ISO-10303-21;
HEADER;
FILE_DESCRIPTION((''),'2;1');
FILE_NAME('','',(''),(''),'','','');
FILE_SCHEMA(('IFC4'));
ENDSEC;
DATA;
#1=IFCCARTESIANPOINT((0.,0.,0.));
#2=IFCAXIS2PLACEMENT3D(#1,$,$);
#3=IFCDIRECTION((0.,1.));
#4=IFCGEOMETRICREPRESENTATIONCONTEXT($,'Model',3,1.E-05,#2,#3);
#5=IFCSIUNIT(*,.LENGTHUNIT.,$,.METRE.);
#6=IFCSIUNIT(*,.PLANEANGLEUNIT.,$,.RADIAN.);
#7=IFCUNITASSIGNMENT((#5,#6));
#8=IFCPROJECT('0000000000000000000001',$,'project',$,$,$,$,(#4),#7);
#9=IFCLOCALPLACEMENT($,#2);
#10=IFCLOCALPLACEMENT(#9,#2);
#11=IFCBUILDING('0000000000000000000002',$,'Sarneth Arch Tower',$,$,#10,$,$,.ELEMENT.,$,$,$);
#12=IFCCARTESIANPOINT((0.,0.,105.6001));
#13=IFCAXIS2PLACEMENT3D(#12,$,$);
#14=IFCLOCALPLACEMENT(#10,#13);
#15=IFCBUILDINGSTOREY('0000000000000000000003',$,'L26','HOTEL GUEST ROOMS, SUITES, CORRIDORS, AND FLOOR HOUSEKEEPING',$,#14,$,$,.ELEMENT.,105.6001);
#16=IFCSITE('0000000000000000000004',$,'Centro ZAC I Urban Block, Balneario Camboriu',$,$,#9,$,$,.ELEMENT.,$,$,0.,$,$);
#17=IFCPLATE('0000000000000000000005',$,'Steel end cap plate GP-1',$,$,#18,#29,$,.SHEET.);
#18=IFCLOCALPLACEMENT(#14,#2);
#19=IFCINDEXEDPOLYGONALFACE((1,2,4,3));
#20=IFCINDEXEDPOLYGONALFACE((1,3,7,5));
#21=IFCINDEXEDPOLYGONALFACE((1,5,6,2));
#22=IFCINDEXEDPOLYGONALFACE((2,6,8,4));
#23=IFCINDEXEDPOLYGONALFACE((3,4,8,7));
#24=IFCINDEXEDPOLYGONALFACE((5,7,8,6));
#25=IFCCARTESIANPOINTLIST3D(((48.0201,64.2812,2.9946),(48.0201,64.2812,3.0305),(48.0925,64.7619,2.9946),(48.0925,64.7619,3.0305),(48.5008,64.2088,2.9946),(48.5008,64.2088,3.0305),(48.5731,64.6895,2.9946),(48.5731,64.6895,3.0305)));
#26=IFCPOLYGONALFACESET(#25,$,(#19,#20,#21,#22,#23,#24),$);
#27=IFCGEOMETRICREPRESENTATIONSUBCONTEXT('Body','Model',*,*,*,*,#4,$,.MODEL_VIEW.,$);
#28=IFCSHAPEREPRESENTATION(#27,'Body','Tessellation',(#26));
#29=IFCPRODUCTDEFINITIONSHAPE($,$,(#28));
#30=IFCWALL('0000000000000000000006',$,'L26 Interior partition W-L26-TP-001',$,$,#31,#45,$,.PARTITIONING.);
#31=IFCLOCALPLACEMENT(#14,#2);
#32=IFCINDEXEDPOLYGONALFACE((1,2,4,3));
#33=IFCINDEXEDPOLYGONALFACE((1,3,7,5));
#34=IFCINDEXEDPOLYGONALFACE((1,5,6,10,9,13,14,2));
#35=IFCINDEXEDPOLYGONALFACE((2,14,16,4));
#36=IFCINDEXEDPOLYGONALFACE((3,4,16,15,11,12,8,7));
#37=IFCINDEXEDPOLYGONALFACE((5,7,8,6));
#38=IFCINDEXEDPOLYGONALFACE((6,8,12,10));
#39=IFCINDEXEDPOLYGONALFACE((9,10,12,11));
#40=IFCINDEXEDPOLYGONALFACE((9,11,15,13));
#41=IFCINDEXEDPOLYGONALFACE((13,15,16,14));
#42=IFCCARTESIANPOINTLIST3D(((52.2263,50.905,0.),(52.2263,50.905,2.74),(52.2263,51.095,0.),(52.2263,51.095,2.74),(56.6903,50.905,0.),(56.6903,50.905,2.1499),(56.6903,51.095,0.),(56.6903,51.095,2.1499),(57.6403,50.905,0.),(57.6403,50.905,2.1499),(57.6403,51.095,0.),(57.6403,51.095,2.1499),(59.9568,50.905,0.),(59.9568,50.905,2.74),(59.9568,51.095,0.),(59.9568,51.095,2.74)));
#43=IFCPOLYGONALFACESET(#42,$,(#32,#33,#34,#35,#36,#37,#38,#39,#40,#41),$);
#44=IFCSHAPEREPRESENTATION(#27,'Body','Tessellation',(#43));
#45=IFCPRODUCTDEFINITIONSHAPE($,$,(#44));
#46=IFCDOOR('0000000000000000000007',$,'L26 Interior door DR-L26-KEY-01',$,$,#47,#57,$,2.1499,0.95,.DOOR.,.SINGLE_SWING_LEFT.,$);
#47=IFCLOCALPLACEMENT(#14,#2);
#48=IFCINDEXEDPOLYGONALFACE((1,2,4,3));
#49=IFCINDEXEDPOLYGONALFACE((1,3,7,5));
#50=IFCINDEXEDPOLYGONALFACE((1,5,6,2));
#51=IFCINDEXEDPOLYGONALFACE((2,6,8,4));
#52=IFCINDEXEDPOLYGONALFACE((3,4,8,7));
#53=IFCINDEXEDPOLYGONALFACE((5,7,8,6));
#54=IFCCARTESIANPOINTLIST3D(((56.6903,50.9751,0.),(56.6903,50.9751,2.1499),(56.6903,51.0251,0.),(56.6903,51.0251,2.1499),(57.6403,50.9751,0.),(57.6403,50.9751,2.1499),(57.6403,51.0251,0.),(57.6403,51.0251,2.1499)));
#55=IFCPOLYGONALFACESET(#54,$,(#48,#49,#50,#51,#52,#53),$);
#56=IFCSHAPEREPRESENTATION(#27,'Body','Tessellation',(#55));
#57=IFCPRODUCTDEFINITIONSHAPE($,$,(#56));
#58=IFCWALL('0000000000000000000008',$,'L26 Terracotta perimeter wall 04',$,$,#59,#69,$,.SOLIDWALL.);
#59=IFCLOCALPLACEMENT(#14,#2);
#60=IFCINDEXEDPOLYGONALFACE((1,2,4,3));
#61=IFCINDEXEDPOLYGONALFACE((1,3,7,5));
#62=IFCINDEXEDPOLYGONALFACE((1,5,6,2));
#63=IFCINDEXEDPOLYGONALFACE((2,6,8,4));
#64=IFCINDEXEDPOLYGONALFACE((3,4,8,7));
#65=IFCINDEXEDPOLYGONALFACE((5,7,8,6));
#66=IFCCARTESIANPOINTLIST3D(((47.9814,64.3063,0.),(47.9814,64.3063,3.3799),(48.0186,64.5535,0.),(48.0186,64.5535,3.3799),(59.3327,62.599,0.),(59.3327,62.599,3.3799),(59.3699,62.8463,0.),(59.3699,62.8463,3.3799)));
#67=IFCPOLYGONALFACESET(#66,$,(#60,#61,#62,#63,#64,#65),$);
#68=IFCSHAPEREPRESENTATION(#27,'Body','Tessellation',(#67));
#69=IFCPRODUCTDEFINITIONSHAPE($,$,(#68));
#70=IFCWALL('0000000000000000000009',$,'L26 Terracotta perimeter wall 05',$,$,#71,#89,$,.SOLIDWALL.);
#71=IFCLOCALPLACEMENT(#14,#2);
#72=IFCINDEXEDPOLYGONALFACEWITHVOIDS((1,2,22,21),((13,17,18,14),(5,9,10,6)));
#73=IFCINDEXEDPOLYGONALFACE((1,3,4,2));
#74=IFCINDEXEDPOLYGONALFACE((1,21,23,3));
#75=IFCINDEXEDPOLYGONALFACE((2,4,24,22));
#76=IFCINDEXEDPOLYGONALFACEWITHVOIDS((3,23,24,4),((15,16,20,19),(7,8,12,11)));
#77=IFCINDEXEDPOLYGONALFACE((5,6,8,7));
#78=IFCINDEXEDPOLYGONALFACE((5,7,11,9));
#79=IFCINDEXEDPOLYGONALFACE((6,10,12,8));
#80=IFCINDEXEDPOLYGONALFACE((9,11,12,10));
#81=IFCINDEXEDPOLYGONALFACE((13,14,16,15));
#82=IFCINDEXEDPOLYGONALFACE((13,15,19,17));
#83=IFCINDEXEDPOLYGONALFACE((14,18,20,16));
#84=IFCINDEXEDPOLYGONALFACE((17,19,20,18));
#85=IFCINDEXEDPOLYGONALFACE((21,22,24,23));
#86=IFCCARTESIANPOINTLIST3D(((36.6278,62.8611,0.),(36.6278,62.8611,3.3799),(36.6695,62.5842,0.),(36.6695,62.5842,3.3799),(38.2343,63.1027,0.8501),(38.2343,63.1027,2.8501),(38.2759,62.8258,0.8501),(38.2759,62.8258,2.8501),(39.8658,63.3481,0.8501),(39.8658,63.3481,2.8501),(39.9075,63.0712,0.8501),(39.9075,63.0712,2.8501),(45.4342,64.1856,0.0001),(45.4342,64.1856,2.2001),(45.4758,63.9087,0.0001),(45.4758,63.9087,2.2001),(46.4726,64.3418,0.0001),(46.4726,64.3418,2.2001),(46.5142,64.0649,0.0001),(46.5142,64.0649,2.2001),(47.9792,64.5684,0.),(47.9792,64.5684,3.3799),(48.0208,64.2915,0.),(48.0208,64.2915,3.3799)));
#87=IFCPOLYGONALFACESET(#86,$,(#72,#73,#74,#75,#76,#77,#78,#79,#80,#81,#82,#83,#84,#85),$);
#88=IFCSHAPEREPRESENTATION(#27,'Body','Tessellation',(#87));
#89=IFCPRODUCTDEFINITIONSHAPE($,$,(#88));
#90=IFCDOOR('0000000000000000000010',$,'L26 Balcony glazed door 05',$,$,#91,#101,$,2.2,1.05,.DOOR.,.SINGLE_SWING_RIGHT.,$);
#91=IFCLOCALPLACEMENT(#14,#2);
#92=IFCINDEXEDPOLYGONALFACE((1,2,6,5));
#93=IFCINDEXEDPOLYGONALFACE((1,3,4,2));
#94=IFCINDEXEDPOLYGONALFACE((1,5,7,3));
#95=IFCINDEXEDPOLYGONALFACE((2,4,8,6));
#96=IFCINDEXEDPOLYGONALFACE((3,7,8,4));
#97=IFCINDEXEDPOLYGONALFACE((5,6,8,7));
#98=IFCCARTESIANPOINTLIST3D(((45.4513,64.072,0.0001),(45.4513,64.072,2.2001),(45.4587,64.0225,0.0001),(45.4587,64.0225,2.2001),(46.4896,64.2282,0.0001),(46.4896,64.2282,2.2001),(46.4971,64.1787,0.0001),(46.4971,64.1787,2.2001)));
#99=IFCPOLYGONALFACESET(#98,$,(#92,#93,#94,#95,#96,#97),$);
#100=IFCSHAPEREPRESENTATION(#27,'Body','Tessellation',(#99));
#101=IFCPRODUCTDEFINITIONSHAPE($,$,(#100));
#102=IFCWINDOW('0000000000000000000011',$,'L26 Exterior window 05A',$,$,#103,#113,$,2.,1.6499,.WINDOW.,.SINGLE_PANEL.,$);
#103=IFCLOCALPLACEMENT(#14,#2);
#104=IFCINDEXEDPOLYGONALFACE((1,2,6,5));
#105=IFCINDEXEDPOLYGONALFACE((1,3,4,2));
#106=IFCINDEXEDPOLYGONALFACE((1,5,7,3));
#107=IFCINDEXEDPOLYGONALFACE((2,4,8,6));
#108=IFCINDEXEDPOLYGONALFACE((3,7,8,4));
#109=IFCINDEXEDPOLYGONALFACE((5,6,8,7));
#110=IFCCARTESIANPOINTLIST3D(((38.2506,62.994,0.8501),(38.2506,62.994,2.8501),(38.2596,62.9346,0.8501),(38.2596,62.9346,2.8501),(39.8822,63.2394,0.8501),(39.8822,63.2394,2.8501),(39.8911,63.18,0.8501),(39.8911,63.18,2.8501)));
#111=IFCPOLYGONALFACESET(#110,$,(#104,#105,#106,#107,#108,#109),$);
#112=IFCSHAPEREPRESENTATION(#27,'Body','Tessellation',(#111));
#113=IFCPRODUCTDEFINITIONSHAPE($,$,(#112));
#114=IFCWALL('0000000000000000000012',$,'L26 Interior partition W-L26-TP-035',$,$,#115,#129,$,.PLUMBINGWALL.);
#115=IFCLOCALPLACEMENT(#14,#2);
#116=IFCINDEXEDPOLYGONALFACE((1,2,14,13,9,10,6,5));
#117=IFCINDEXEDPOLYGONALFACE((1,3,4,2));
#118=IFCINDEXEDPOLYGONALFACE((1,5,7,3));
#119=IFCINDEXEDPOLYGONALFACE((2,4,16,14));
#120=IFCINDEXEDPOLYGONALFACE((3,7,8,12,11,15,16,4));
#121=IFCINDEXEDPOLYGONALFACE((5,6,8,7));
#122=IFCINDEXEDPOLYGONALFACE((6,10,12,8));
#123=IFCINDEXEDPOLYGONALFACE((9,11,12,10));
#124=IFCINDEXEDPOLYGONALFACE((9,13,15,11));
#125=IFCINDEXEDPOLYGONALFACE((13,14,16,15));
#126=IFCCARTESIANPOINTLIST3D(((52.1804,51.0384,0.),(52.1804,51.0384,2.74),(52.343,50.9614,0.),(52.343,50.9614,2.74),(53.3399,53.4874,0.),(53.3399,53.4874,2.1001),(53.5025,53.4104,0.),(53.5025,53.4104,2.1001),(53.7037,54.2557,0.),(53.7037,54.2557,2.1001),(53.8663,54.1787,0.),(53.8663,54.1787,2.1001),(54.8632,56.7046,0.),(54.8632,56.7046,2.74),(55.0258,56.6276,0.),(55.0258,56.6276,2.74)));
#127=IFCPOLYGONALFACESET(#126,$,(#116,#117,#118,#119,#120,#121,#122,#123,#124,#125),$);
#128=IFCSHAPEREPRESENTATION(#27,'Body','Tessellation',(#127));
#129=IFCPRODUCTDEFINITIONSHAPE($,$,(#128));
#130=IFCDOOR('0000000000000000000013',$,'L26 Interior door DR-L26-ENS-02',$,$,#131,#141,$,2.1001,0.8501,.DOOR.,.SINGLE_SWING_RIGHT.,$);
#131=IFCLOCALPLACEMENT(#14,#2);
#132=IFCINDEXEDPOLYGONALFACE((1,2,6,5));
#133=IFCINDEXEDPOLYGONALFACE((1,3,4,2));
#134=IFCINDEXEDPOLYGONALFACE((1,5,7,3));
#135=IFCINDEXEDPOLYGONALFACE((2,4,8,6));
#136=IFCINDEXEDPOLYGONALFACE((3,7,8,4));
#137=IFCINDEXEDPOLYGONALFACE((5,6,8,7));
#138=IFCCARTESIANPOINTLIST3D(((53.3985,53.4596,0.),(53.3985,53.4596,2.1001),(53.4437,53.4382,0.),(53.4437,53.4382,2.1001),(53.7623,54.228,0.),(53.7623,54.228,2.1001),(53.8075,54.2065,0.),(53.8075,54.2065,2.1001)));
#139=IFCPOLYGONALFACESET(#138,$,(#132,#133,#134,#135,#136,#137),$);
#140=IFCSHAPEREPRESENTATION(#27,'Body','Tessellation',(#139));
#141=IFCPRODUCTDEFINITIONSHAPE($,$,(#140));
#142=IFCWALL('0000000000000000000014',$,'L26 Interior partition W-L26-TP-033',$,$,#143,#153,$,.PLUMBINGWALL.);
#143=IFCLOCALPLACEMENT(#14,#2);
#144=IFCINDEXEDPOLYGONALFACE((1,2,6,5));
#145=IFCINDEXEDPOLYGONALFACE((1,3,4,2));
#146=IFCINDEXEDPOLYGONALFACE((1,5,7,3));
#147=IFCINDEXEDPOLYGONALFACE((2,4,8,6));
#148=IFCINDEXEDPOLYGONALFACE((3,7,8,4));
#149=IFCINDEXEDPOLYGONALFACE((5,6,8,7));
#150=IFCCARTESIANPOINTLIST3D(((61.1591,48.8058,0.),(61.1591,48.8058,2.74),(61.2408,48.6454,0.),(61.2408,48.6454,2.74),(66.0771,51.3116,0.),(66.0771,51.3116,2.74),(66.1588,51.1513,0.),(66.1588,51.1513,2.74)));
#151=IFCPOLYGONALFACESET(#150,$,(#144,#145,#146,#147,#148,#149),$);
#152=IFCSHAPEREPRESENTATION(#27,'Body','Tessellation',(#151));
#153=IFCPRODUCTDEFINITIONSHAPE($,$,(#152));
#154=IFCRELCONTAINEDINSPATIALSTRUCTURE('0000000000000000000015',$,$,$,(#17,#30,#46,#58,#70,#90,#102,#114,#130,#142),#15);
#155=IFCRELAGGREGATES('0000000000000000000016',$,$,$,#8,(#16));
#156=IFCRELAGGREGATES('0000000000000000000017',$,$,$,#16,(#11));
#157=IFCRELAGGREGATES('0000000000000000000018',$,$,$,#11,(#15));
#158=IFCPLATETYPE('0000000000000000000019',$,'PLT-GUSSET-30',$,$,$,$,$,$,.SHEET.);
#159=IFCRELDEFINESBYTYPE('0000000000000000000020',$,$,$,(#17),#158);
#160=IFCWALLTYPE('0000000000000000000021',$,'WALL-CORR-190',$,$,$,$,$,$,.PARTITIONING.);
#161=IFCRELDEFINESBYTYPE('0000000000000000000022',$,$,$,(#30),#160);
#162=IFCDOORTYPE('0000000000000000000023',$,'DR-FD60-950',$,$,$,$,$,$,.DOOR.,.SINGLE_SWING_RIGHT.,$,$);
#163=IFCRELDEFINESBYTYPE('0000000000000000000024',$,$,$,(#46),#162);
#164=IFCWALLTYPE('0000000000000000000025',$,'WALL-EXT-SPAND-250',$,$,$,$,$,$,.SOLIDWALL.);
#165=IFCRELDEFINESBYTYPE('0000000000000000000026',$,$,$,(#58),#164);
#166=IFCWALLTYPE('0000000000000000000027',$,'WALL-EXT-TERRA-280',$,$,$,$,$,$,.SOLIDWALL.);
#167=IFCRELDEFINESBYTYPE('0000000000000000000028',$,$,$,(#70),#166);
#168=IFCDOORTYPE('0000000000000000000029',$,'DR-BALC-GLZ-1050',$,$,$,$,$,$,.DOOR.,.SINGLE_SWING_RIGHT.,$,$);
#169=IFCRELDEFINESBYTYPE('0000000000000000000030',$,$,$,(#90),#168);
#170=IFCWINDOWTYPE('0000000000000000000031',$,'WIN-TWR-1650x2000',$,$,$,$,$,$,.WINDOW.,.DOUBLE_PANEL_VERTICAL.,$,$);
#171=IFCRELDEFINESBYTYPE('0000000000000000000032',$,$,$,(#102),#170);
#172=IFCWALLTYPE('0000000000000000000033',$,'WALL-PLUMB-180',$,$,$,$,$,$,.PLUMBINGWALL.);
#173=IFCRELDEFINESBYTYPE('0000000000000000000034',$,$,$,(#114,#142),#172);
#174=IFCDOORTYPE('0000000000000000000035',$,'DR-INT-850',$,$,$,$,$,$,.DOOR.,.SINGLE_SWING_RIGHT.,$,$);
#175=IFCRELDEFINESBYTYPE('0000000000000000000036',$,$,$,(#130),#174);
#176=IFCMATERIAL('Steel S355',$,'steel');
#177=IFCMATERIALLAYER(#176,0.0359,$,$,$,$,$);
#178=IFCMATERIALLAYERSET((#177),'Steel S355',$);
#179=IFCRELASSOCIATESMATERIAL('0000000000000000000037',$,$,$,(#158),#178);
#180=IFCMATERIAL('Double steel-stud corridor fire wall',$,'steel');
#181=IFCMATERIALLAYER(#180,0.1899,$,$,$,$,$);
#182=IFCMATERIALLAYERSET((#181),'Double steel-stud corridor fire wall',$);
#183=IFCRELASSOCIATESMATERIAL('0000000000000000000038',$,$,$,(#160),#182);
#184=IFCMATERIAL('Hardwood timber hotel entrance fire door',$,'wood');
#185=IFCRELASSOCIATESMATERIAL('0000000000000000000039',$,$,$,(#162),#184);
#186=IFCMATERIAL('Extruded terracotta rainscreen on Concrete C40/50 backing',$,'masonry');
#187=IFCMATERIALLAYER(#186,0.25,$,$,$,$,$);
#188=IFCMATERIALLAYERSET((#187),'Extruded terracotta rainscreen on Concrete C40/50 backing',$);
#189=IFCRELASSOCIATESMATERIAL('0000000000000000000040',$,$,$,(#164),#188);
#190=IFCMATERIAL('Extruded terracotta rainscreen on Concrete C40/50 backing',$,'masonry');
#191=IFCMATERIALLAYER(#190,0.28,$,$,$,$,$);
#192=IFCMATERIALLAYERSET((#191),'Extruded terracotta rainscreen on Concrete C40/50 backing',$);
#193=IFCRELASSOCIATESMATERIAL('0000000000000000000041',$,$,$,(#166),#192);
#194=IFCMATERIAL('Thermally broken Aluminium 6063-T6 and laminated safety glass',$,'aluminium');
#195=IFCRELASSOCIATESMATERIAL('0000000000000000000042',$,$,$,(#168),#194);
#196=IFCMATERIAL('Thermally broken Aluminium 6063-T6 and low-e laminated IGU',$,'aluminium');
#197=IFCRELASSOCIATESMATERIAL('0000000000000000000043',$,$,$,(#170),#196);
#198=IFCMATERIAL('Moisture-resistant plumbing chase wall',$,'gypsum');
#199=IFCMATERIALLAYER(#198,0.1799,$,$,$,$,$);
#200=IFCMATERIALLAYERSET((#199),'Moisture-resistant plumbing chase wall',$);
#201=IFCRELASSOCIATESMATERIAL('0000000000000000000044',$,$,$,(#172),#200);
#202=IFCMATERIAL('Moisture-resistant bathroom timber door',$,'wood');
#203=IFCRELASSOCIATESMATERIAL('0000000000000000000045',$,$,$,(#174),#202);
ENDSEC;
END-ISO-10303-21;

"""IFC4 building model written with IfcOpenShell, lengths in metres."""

from ifc_helpers import new_model, si_unit, direction, frame, frame_2d, origin, origin_2d, place, context, subcontext, project, spatial, rectangle, extrude, material, layer, layer_set, type_object, element, fill, save


model = new_model("IFC4")

# Units and contexts
model_context = context("Model", 3, precision=1e-05, world=origin(), true_north=direction((0.0, 1.0)))
body_context = subcontext(model_context, "Body", "Model", "MODEL_VIEW")
ifc_project = project(units=[si_unit("LENGTHUNIT", "METRE"), si_unit("PLANEANGLEUNIT", "RADIAN")], contexts=[model_context])

# Site, building, storey
site_placement = place(None, origin())
site = spatial("IfcSite", under=ifc_project, at=site_placement, Name="Centro ZAC I Urban Block, Balneario Camboriu", CompositionType="ELEMENT", RefElevation=0.0)
building_placement = place(site_placement, origin())
building = spatial("IfcBuilding", under=site, at=building_placement, Name="Sarneth Arch Tower", CompositionType="ELEMENT")
storey_placement = place(building_placement, frame((0.0, 0.0, 105.6001)))
storey = spatial("IfcBuildingStorey", under=building, at=storey_placement, Name="L26", Description="HOTEL GUEST ROOMS, SUITES, CORRIDORS, AND FLOOR HOUSEKEEPING", CompositionType="ELEMENT", Elevation=105.6001)

# Plate
ifc_material_1 = material(Name="Steel S355", Category="steel")
ifc_layer_1 = layer(ifc_material_1, 0.0359)
ifc_layer_set_1 = layer_set([ifc_layer_1], Name="Steel S355")
plate_type = type_object("IfcPlateType", Name="PLT-GUSSET-30", PredefinedType="SHEET", material=ifc_layer_set_1)
for number, where, z_axis, x_axis, name in (
    (1, (48.2966, 64.4854, 2.9946), (0.0, 0.0, 1.0), (-0.988861, 0.148845, 0.0), "Steel end cap plate GP-1"),
):
    element("IfcPlate", number, at=place(storey_placement, frame(where, z_axis=z_axis, x_axis=x_axis)), inside=storey, type_object=plate_type, Name=name, PredefinedType="SHEET", context=body_context, shape_type="SweptSolid", body=[
        extrude(rectangle(XDim=0.4861, YDim=0.4861, at=origin_2d()), origin(), (0.0, 0.0, 1.0), 0.0359),
    ])

# Wall, opening, door
ifc_material_2 = material(Name="Double steel-stud corridor fire wall", Category="steel")
ifc_layer_2 = layer(ifc_material_2, 0.1899)
ifc_layer_set_2 = layer_set([ifc_layer_2], Name="Double steel-stud corridor fire wall")
wall_type_1 = type_object("IfcWallType", Name="WALL-CORR-190", PredefinedType="PARTITIONING", material=ifc_layer_set_2)
wall_1_placement = place(storey_placement, frame((59.9568, 51.0, 0.0), z_axis=(0.0, 0.0, 1.0), x_axis=(-1.0, 0.0, 0.0)))
wall_1 = element("IfcWall", 2, at=wall_1_placement, inside=storey, type_object=wall_type_1, Name="L26 Interior partition W-L26-TP-001", PredefinedType="PARTITIONING", context=body_context, shape_type="SweptSolid", body=[
    extrude(rectangle(XDim=7.7305, YDim=0.1899, at=frame_2d((3.8652, 0.0))), origin(), (0.0, 0.0, 1.0), 2.74),
])
opening_1_placement = place(wall_1_placement, frame((2.3164, 0.0, 0.0)))
opening_1 = element("IfcOpeningElement", 3, at=opening_1_placement, cuts=wall_1, PredefinedType="OPENING", context=body_context, shape_type="SweptSolid", body=[
    extrude(rectangle(XDim=0.95, YDim=2.1499, at=frame_2d((0.4751, 1.075))), frame((0.0, 0.105, 0.0), z_axis=(0.0, -1.0, 0.0), x_axis=(1.0, 0.0, 0.0)), (0.0, 0.0, 1.0), 0.21),
])
ifc_material_3 = material(Name="Hardwood timber hotel entrance fire door", Category="wood")
door_type_1 = type_object("IfcDoorType", Name="DR-FD60-950", OperationType="SINGLE_SWING_RIGHT", PredefinedType="DOOR", material=ifc_material_3)
door_1_placement = place(opening_1_placement, origin())
door_1 = element("IfcDoor", 4, at=door_1_placement, inside=storey, type_object=door_type_1, Name="L26 Interior door DR-L26-KEY-01", OperationType="SINGLE_SWING_LEFT", OverallHeight=2.1499, OverallWidth=0.95, PredefinedType="DOOR", context=body_context, shape_type="SweptSolid", body=[
    extrude(rectangle(XDim=0.95, YDim=2.1499, at=frame_2d((0.4751, 1.075))), frame((0.0, 0.0249, 0.0), z_axis=(0.0, -1.0, 0.0), x_axis=(1.0, 0.0, 0.0)), (0.0, 0.0, 1.0), 0.05),
])
fill(opening_1, door_1)

# Wall
ifc_material_4 = material(Name="Extruded terracotta rainscreen on Concrete C40/50 backing", Category="masonry")
ifc_layer_3 = layer(ifc_material_4, 0.25)
ifc_layer_set_3 = layer_set([ifc_layer_3], Name="Extruded terracotta rainscreen on Concrete C40/50 backing")
wall_type_2 = type_object("IfcWallType", Name="WALL-EXT-SPAND-250", PredefinedType="SOLIDWALL", material=ifc_layer_set_3)
wall_2_placement = place(storey_placement, frame((59.3513, 62.7227, 0.0), z_axis=(0.0, 0.0, 1.0), x_axis=(-0.988878, 0.14873, 0.0)))
element("IfcWall", 5, at=wall_2_placement, inside=storey, type_object=wall_type_2, Name="L26 Terracotta perimeter wall 04", PredefinedType="SOLIDWALL", context=body_context, shape_type="SweptSolid", body=[
    extrude(rectangle(XDim=11.479, YDim=0.25, at=frame_2d((5.7395, 0.0))), origin(), (0.0, 0.0, 1.0), 3.3799),
])

# Wall, openings, door, window
ifc_material_5 = material(Name="Extruded terracotta rainscreen on Concrete C40/50 backing", Category="masonry")
ifc_layer_4 = layer(ifc_material_5, 0.28)
ifc_layer_set_4 = layer_set([ifc_layer_4], Name="Extruded terracotta rainscreen on Concrete C40/50 backing")
wall_type_3 = type_object("IfcWallType", Name="WALL-EXT-TERRA-280", PredefinedType="SOLIDWALL", material=ifc_layer_set_4)
wall_3_placement = place(storey_placement, frame((48.0, 64.4299, 0.0), z_axis=(0.0, 0.0, 1.0), x_axis=(-0.988878, -0.14873, 0.0)))
wall_3 = element("IfcWall", 6, at=wall_3_placement, inside=storey, type_object=wall_type_3, Name="L26 Terracotta perimeter wall 05", PredefinedType="SOLIDWALL", context=body_context, shape_type="SweptSolid", body=[
    extrude(rectangle(XDim=11.479, YDim=0.28, at=frame_2d((5.7395, 0.0))), origin(), (0.0, 0.0, 1.0), 3.3799),
])
opening_2_placement = place(wall_3_placement, frame((1.5237, 0.0, 0.0)))
opening_2 = element("IfcOpeningElement", 7, at=opening_2_placement, cuts=wall_3, PredefinedType="OPENING", context=body_context, shape_type="SweptSolid", body=[
    extrude(rectangle(XDim=1.05, YDim=2.2, at=frame_2d((0.5249, 1.1001))), frame((0.0, 0.1499, 0.0), z_axis=(0.0, -1.0, 0.0), x_axis=(1.0, 0.0, 0.0)), (0.0, 0.0, 1.0), 0.3),
])
opening_3_placement = place(wall_3_placement, frame((8.2046, 0.0, 0.8501)))
opening_3 = element("IfcOpeningElement", 8, at=opening_3_placement, cuts=wall_3, PredefinedType="OPENING", context=body_context, shape_type="SweptSolid", body=[
    extrude(rectangle(XDim=1.6499, YDim=2.0, at=frame_2d((0.825, 1.0))), frame((0.0, 0.1499, 0.0), z_axis=(0.0, -1.0, 0.0), x_axis=(1.0, 0.0, 0.0)), (0.0, 0.0, 1.0), 0.3),
])
ifc_material_6 = material(Name="Thermally broken Aluminium 6063-T6 and laminated safety glass", Category="aluminium")
door_type_2 = type_object("IfcDoorType", Name="DR-BALC-GLZ-1050", OperationType="SINGLE_SWING_RIGHT", PredefinedType="DOOR", material=ifc_material_6)
door_2_placement = place(opening_2_placement, origin())
door_2 = element("IfcDoor", 9, at=door_2_placement, inside=storey, type_object=door_type_2, Name="L26 Balcony glazed door 05", OperationType="SINGLE_SWING_RIGHT", OverallHeight=2.2, OverallWidth=1.05, PredefinedType="DOOR", context=body_context, shape_type="SweptSolid", body=[
    extrude(rectangle(XDim=1.05, YDim=2.2, at=frame_2d((0.5249, 1.1001))), frame((0.0, 0.0249, 0.0), z_axis=(0.0, -1.0, 0.0), x_axis=(1.0, 0.0, 0.0)), (0.0, 0.0, 1.0), 0.05),
])
fill(opening_2, door_2)
ifc_material_7 = material(Name="Thermally broken Aluminium 6063-T6 and low-e laminated IGU", Category="aluminium")
window_type = type_object("IfcWindowType", Name="WIN-TWR-1650x2000", PartitioningType="DOUBLE_PANEL_VERTICAL", PredefinedType="WINDOW", material=ifc_material_7)
window_placement = place(opening_3_placement, origin())
window = element("IfcWindow", 10, at=window_placement, inside=storey, type_object=window_type, Name="L26 Exterior window 05A", OverallHeight=2.0, OverallWidth=1.6499, PartitioningType="SINGLE_PANEL", PredefinedType="WINDOW", context=body_context, shape_type="SweptSolid", body=[
    extrude(rectangle(XDim=1.6499, YDim=2.0, at=frame_2d((0.825, 1.0))), frame((0.0, 0.03, 0.0), z_axis=(0.0, -1.0, 0.0), x_axis=(1.0, 0.0, 0.0)), (0.0, 0.0, 1.0), 0.0601),
])
fill(opening_3, window)

# Wall, opening, door
ifc_material_8 = material(Name="Moisture-resistant plumbing chase wall", Category="gypsum")
ifc_layer_5 = layer(ifc_material_8, 0.1799)
ifc_layer_set_5 = layer_set([ifc_layer_5], Name="Moisture-resistant plumbing chase wall")
wall_type_4 = type_object("IfcWallType", Name="WALL-PLUMB-180", PredefinedType="PLUMBINGWALL", material=ifc_layer_set_5)
wall_4_placement = place(storey_placement, frame((54.9446, 56.6663, 0.0), z_axis=(0.0, 0.0, 1.0), x_axis=(-0.427936, -0.903809, 0.0)))
wall_4 = element("IfcWall", 11, at=wall_4_placement, inside=storey, type_object=wall_type_4, Name="L26 Interior partition W-L26-TP-035", PredefinedType="PLUMBINGWALL", context=body_context, shape_type="SweptSolid", body=[
    extrude(rectangle(XDim=6.2693, YDim=0.1799, at=frame_2d((3.1348, 0.0))), origin(), (0.0, 0.0, 1.0), 2.74),
])
opening_4_placement = place(wall_4_placement, frame((2.7097, 0.0, 0.0)))
opening_4 = element("IfcOpeningElement", 12, at=opening_4_placement, cuts=wall_4, PredefinedType="OPENING", context=body_context, shape_type="SweptSolid", body=[
    extrude(rectangle(XDim=0.8501, YDim=2.1001, at=frame_2d((0.425, 1.05))), frame((0.0, 0.0999, 0.0), z_axis=(0.0, -1.0, 0.0), x_axis=(1.0, 0.0, 0.0)), (0.0, 0.0, 1.0), 0.2),
])
ifc_material_9 = material(Name="Moisture-resistant bathroom timber door", Category="wood")
door_type_3 = type_object("IfcDoorType", Name="DR-INT-850", OperationType="SINGLE_SWING_RIGHT", PredefinedType="DOOR", material=ifc_material_9)
door_3_placement = place(opening_4_placement, origin())
door_3 = element("IfcDoor", 13, at=door_3_placement, inside=storey, type_object=door_type_3, Name="L26 Interior door DR-L26-ENS-02", OperationType="SINGLE_SWING_RIGHT", OverallHeight=2.1001, OverallWidth=0.8501, PredefinedType="DOOR", context=body_context, shape_type="SweptSolid", body=[
    extrude(rectangle(XDim=0.8501, YDim=2.1001, at=frame_2d((0.425, 1.05))), frame((0.0, 0.0249, 0.0), z_axis=(0.0, -1.0, 0.0), x_axis=(1.0, 0.0, 0.0)), (0.0, 0.0, 1.0), 0.05),
])
fill(opening_4, door_3)

# Wall
wall_5_placement = place(storey_placement, frame((66.1179, 51.2314, 0.0), z_axis=(0.0, 0.0, 1.0), x_axis=(-0.891004, -0.453995, 0.0)))
element("IfcWall", 14, at=wall_5_placement, inside=storey, type_object=wall_type_4, Name="L26 Interior partition W-L26-TP-033", PredefinedType="PLUMBINGWALL", context=body_context, shape_type="SweptSolid", body=[
    extrude(rectangle(XDim=5.5195, YDim=0.1799, at=frame_2d((2.7598, 0.0))), origin(), (0.0, 0.0, 1.0), 2.74),
])

save(model, "model.ifc")
